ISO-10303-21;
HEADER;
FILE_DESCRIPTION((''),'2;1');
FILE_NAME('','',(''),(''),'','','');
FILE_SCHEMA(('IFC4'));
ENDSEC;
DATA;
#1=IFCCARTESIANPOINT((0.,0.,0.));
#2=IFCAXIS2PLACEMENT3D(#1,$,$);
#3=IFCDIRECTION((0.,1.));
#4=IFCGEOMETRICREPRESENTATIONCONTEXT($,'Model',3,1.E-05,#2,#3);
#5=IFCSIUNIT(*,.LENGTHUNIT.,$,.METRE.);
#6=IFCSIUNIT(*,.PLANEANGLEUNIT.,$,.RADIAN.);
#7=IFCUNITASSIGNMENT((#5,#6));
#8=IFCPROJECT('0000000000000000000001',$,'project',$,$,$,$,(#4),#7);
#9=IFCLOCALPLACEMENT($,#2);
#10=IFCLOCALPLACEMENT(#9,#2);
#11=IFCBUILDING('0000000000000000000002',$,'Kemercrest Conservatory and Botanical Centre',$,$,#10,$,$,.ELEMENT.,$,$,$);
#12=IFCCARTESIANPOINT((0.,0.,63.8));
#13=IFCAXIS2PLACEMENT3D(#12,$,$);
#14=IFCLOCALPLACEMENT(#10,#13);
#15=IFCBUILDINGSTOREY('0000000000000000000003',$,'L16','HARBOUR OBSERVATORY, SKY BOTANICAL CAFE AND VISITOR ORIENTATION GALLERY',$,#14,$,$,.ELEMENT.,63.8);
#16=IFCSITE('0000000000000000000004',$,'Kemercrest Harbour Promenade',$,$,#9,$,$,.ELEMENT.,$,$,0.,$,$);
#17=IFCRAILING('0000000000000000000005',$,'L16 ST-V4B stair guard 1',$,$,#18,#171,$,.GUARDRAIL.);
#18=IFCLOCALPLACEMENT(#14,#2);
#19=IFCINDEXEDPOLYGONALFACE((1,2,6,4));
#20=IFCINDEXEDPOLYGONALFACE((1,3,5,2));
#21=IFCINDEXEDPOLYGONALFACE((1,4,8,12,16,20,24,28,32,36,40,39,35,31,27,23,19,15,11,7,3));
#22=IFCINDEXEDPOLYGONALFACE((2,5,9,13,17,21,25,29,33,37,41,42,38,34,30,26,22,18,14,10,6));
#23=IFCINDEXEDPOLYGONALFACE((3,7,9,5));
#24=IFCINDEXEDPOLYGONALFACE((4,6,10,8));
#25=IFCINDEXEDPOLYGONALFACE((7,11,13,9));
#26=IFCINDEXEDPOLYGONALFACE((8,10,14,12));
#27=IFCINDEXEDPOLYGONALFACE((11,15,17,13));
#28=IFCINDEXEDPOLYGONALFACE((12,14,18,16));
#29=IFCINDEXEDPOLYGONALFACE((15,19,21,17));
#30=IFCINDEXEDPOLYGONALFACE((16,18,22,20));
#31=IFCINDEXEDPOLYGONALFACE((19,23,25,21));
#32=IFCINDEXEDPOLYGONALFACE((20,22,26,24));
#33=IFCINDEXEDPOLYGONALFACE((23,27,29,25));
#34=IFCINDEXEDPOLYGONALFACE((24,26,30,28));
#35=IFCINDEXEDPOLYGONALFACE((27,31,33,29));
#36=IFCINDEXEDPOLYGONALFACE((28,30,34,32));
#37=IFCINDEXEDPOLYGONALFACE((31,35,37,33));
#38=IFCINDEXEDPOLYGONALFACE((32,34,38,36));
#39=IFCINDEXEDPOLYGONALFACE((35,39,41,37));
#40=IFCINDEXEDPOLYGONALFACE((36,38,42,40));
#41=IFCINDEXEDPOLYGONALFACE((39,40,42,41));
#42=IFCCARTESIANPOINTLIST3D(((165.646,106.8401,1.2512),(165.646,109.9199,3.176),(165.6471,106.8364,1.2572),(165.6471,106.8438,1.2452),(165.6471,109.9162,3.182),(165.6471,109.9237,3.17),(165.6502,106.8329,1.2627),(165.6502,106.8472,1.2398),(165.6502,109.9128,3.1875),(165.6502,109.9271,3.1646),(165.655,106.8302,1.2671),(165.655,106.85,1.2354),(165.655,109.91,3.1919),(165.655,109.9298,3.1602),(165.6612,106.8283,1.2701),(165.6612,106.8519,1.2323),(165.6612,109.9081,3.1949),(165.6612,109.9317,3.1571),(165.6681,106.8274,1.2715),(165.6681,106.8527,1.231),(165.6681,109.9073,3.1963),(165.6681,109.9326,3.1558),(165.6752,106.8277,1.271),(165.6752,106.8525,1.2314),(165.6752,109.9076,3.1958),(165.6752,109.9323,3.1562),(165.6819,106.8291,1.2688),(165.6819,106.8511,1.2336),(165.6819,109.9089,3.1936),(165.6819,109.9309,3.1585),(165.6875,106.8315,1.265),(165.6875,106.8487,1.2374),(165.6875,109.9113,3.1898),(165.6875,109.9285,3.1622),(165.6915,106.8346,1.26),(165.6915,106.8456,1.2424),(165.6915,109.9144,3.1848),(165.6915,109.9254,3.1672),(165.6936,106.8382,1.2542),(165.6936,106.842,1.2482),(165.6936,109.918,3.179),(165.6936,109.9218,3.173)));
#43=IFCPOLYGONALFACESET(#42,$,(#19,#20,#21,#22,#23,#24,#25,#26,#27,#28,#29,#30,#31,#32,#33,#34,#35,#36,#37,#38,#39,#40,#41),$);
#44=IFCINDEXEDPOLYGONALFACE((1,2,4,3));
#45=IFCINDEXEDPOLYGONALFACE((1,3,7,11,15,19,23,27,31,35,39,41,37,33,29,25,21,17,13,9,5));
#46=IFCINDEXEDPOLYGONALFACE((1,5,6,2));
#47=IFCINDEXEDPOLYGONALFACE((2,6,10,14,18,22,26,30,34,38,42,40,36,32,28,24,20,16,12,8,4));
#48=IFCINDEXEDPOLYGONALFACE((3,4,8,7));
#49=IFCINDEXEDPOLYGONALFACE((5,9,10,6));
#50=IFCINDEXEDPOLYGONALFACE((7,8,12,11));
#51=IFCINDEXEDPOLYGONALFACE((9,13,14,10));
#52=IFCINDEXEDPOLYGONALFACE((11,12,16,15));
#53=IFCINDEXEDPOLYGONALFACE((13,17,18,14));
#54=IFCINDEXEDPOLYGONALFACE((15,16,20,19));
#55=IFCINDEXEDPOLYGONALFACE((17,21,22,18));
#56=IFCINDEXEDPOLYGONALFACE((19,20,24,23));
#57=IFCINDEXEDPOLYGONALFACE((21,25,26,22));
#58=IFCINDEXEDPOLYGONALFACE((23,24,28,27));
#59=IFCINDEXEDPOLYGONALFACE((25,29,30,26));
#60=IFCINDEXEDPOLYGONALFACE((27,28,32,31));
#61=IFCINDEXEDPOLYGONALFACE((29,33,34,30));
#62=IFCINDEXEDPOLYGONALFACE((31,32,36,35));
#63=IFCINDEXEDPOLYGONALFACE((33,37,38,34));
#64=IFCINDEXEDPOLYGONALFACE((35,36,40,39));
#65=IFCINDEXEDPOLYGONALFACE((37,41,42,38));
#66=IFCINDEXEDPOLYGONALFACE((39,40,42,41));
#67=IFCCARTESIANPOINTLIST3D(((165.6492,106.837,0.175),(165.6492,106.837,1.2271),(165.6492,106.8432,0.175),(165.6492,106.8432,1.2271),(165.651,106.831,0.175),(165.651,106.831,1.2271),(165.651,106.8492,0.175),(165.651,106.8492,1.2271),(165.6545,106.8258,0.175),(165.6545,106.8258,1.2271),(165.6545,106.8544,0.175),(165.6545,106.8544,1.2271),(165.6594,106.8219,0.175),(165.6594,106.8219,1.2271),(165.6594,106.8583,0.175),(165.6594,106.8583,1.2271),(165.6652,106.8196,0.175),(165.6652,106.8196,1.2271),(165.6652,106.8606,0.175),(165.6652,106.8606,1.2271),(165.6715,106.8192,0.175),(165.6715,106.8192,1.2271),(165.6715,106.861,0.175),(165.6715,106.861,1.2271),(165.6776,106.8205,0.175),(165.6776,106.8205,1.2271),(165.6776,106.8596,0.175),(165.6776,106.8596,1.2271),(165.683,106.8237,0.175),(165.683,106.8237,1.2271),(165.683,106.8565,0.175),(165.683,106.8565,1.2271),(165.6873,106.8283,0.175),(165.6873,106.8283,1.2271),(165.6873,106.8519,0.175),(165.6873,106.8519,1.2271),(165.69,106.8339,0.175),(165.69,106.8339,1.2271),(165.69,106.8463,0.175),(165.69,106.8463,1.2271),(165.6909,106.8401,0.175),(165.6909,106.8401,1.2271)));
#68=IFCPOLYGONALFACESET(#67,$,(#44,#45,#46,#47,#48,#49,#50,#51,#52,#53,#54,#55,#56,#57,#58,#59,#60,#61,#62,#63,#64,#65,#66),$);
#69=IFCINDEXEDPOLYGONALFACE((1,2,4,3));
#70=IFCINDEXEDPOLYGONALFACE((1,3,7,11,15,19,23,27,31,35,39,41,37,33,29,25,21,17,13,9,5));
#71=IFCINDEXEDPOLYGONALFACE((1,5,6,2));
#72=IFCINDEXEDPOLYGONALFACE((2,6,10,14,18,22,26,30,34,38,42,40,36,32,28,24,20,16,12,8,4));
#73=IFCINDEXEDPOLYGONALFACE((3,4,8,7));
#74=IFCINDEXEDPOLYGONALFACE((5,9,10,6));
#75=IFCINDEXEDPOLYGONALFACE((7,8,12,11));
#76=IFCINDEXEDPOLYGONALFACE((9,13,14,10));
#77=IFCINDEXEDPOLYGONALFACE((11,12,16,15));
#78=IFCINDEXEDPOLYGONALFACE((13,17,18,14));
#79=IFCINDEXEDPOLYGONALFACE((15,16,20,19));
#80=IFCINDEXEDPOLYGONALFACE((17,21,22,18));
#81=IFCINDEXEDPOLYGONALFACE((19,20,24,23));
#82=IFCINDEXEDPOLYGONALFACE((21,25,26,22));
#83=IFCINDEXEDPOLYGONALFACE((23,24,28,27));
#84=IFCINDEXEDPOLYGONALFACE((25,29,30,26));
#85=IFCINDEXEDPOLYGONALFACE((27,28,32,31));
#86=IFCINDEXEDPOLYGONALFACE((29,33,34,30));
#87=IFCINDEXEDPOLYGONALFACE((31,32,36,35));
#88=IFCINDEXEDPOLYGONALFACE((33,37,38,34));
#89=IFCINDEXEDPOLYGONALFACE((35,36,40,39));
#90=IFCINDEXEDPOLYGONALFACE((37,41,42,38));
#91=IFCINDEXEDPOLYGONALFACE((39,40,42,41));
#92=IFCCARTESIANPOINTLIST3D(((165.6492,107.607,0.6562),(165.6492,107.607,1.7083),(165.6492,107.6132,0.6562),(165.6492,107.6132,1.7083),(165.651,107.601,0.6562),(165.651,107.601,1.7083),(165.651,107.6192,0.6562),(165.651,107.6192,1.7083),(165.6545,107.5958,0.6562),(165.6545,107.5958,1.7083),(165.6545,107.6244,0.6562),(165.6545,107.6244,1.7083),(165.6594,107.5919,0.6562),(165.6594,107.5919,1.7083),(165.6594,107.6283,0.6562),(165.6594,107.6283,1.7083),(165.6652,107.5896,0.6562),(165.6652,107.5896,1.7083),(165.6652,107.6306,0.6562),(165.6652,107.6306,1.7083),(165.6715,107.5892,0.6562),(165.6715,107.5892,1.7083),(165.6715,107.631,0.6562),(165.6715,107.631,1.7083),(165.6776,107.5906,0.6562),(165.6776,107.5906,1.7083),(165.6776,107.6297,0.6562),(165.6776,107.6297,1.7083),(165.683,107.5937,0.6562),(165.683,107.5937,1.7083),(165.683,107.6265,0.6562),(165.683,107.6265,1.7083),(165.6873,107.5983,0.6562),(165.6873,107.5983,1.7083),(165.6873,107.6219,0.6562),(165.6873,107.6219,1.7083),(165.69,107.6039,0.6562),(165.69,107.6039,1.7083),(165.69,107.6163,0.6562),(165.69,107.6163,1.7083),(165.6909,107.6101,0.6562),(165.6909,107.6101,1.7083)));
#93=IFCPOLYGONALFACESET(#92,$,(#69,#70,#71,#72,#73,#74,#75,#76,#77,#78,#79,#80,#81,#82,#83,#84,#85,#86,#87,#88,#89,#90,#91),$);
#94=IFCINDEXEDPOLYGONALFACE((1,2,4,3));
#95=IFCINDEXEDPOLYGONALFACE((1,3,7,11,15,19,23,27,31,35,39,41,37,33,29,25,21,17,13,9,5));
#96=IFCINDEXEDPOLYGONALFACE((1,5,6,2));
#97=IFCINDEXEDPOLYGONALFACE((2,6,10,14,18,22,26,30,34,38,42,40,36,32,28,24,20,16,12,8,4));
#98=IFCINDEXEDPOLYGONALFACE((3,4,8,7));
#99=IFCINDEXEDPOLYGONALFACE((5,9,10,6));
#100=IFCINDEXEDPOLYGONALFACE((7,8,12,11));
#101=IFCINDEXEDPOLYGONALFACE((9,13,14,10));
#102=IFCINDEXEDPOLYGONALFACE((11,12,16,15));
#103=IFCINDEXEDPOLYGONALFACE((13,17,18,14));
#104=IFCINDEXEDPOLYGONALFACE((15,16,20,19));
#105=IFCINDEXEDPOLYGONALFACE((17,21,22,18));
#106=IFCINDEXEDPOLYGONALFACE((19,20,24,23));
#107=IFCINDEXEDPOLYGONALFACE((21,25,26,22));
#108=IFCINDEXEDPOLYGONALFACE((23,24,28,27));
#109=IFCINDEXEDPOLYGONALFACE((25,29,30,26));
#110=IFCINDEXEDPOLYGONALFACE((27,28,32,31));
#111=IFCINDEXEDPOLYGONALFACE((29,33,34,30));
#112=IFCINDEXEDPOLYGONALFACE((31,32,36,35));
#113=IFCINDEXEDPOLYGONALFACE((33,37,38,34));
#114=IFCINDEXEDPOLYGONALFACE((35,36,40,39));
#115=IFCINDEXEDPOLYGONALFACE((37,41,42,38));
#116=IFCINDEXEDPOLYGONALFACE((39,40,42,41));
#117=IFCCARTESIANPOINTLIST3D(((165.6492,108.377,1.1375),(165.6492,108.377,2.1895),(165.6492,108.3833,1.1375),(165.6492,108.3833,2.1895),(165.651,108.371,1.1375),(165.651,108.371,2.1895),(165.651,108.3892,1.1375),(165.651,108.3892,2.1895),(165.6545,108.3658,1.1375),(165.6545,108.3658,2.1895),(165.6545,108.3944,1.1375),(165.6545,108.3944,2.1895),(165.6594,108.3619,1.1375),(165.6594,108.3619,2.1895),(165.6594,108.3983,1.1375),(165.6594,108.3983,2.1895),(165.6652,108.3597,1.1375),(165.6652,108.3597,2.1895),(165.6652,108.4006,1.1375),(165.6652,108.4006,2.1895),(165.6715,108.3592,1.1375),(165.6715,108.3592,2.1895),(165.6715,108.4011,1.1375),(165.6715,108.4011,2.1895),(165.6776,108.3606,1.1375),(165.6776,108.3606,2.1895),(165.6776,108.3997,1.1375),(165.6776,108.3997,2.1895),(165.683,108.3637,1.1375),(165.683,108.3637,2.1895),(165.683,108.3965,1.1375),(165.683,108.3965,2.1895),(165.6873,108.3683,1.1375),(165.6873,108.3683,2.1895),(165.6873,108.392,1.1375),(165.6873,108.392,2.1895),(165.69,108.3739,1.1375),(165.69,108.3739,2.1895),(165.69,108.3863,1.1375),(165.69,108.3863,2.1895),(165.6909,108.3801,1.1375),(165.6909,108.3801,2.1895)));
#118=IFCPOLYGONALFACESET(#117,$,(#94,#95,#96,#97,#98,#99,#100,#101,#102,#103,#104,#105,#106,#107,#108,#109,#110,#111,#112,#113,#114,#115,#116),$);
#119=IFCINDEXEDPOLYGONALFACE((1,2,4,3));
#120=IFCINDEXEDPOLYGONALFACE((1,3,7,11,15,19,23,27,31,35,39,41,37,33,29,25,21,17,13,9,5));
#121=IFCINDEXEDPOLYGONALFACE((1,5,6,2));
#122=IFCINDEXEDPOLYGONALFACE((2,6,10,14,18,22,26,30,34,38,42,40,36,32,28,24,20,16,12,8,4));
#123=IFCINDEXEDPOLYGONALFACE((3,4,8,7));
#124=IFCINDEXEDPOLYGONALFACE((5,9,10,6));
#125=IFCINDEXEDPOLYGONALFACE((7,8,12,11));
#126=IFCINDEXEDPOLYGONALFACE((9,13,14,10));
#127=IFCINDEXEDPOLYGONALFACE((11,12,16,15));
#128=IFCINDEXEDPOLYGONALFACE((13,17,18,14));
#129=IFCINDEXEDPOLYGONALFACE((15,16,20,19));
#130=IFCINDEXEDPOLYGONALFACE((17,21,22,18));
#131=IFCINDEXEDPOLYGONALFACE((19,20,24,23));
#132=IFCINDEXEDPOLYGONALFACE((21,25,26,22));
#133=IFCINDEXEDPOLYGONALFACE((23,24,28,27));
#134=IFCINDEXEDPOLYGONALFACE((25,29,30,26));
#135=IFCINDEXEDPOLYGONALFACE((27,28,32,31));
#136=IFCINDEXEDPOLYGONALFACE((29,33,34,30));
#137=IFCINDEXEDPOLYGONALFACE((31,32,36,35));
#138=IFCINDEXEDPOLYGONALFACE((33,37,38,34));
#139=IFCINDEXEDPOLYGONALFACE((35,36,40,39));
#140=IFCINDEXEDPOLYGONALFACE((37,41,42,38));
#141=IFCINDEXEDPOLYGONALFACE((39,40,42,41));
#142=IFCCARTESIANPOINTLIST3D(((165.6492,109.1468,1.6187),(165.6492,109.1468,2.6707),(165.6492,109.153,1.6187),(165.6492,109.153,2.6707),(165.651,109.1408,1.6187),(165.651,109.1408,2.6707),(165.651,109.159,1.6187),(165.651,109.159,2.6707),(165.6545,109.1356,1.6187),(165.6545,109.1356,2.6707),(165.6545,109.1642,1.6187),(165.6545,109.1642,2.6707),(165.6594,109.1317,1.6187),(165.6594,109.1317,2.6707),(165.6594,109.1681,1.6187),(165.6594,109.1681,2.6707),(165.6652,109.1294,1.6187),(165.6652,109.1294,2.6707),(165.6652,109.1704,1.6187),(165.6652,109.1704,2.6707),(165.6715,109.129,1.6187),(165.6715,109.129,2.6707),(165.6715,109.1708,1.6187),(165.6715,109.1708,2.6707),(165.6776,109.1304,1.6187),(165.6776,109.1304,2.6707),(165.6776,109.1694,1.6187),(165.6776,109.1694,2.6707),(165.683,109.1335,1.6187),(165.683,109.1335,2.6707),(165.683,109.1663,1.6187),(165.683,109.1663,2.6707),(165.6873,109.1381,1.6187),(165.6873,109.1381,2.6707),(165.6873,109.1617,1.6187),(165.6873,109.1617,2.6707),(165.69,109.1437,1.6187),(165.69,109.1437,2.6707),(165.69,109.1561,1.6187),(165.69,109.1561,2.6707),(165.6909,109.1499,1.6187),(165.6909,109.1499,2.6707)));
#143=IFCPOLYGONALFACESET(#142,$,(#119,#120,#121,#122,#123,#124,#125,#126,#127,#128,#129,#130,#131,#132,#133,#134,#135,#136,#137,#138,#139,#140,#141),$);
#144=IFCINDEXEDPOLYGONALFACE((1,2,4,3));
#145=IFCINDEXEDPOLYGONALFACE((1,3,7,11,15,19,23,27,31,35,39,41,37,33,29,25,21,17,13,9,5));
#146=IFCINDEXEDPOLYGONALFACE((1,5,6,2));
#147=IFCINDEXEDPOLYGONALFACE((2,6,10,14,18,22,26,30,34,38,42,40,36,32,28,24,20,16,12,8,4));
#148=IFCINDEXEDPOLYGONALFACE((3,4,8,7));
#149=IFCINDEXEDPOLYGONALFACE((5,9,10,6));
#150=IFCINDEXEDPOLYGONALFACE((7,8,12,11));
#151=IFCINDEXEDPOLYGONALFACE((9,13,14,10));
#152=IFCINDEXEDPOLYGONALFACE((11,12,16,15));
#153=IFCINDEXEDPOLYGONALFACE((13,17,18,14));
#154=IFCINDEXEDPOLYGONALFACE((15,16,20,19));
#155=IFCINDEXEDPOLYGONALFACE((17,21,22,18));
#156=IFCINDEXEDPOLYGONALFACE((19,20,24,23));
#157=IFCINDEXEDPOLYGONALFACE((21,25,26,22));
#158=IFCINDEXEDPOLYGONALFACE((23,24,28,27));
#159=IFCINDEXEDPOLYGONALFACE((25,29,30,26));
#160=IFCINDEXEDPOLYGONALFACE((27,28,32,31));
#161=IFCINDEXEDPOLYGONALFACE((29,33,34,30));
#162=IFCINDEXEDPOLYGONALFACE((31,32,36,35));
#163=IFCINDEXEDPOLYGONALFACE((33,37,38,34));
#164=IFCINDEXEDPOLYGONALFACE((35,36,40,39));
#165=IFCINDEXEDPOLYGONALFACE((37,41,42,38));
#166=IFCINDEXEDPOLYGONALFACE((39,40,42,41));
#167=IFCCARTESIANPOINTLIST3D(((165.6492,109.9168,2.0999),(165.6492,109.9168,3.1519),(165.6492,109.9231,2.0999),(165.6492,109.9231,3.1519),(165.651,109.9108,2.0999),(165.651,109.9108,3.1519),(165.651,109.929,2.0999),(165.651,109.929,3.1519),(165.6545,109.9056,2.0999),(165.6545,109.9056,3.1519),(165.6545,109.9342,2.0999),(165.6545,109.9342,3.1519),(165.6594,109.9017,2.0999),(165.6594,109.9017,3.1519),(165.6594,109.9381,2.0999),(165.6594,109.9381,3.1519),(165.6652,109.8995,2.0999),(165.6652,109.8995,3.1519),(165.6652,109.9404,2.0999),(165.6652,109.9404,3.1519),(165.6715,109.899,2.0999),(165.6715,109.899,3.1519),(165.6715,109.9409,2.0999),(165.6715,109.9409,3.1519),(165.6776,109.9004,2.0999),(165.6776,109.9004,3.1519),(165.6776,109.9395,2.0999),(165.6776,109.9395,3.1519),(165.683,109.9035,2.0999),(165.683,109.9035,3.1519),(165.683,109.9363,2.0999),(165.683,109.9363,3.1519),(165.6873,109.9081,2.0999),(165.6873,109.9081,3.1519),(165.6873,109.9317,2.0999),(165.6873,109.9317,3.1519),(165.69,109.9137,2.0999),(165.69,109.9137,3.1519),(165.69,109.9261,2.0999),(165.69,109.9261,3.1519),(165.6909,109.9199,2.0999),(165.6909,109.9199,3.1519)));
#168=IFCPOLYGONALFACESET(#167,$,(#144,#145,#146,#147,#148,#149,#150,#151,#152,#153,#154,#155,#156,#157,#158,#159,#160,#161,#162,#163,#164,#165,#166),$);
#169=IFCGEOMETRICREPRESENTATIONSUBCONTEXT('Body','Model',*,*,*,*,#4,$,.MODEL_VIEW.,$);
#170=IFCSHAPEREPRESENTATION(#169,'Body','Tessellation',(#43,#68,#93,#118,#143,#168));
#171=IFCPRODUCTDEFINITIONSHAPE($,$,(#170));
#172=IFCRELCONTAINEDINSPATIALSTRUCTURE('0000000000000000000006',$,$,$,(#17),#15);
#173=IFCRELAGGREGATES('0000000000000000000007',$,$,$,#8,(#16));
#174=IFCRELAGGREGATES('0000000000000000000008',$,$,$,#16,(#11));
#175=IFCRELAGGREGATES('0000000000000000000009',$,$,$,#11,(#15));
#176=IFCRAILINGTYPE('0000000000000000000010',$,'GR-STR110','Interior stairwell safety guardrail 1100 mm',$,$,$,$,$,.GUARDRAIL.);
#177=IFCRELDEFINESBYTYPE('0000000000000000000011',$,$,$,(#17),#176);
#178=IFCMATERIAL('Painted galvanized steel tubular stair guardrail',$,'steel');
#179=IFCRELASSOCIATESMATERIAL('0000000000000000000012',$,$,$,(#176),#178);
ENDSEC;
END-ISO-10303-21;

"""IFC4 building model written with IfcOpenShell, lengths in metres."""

from ifc_helpers import new_model, si_unit, direction, frame, origin, origin_2d, place, context, subcontext, project, spatial, circle, extrude, material, type_object, element, save


model = new_model("IFC4")

# Units and contexts
model_context = context("Model", 3, precision=1e-05, world=origin(), true_north=direction((0.0, 1.0)))
body_context = subcontext(model_context, "Body", "Model", "MODEL_VIEW")
ifc_project = project(units=[si_unit("LENGTHUNIT", "METRE"), si_unit("PLANEANGLEUNIT", "RADIAN")], contexts=[model_context])

# Site, building, storey
site_placement = place(None, origin())
site = spatial("IfcSite", under=ifc_project, at=site_placement, Name="Kemercrest Harbour Promenade", CompositionType="ELEMENT", RefElevation=0.0)
building_placement = place(site_placement, origin())
building = spatial("IfcBuilding", under=site, at=building_placement, Name="Kemercrest Conservatory and Botanical Centre", CompositionType="ELEMENT")
storey_placement = place(building_placement, frame((0.0, 0.0, 63.8)))
storey = spatial("IfcBuildingStorey", under=building, at=storey_placement, Name="L16", Description="HARBOUR OBSERVATORY, SKY BOTANICAL CAFE AND VISITOR ORIENTATION GALLERY", CompositionType="ELEMENT", Elevation=63.8)

# Railing
ifc_material_1 = material(Name="Painted galvanized steel tubular stair guardrail", Category="steel")
railing_type_1 = type_object("IfcRailingType", Name="GR-STR110", Description="Interior stairwell safety guardrail 1100 mm", PredefinedType="GUARDRAIL", material=ifc_material_1)
railing_1_placement = place(storey_placement, frame((165.6699, 106.8401, 0.175)))
element("IfcRailing", 1, at=railing_1_placement, inside=storey, type_object=railing_type_1, Name="L16 ST-V4B stair guard 1", PredefinedType="GUARDRAIL", context=body_context, shape_type="SweptSolid", body=[
    extrude(circle(Radius=0.0239, at=origin_2d()), frame((0.0, 0.0, 1.0762), z_axis=(0.0, 0.84801, 0.529981), x_axis=(-1.0, 0.0, 0.0)), (0.0, 0.0, 1.0), 3.6318),
    extrude(circle(Radius=0.021, at=origin_2d()), origin(), (0.0, 0.0, 1.0), 1.052),
    extrude(circle(Radius=0.021, at=origin_2d()), frame((0.0, 0.77, 0.4812)), (0.0, 0.0, 1.0), 1.052),
    extrude(circle(Radius=0.021, at=origin_2d()), frame((0.0, 1.54, 0.9624)), (0.0, 0.0, 1.0), 1.052),
    extrude(circle(Radius=0.021, at=origin_2d()), frame((0.0, 2.3098, 1.4436)), (0.0, 0.0, 1.0), 1.052),
    extrude(circle(Radius=0.021, at=origin_2d()), frame((0.0, 3.0798, 1.9248)), (0.0, 0.0, 1.0), 1.052),
])

save(model, "model.ifc")
